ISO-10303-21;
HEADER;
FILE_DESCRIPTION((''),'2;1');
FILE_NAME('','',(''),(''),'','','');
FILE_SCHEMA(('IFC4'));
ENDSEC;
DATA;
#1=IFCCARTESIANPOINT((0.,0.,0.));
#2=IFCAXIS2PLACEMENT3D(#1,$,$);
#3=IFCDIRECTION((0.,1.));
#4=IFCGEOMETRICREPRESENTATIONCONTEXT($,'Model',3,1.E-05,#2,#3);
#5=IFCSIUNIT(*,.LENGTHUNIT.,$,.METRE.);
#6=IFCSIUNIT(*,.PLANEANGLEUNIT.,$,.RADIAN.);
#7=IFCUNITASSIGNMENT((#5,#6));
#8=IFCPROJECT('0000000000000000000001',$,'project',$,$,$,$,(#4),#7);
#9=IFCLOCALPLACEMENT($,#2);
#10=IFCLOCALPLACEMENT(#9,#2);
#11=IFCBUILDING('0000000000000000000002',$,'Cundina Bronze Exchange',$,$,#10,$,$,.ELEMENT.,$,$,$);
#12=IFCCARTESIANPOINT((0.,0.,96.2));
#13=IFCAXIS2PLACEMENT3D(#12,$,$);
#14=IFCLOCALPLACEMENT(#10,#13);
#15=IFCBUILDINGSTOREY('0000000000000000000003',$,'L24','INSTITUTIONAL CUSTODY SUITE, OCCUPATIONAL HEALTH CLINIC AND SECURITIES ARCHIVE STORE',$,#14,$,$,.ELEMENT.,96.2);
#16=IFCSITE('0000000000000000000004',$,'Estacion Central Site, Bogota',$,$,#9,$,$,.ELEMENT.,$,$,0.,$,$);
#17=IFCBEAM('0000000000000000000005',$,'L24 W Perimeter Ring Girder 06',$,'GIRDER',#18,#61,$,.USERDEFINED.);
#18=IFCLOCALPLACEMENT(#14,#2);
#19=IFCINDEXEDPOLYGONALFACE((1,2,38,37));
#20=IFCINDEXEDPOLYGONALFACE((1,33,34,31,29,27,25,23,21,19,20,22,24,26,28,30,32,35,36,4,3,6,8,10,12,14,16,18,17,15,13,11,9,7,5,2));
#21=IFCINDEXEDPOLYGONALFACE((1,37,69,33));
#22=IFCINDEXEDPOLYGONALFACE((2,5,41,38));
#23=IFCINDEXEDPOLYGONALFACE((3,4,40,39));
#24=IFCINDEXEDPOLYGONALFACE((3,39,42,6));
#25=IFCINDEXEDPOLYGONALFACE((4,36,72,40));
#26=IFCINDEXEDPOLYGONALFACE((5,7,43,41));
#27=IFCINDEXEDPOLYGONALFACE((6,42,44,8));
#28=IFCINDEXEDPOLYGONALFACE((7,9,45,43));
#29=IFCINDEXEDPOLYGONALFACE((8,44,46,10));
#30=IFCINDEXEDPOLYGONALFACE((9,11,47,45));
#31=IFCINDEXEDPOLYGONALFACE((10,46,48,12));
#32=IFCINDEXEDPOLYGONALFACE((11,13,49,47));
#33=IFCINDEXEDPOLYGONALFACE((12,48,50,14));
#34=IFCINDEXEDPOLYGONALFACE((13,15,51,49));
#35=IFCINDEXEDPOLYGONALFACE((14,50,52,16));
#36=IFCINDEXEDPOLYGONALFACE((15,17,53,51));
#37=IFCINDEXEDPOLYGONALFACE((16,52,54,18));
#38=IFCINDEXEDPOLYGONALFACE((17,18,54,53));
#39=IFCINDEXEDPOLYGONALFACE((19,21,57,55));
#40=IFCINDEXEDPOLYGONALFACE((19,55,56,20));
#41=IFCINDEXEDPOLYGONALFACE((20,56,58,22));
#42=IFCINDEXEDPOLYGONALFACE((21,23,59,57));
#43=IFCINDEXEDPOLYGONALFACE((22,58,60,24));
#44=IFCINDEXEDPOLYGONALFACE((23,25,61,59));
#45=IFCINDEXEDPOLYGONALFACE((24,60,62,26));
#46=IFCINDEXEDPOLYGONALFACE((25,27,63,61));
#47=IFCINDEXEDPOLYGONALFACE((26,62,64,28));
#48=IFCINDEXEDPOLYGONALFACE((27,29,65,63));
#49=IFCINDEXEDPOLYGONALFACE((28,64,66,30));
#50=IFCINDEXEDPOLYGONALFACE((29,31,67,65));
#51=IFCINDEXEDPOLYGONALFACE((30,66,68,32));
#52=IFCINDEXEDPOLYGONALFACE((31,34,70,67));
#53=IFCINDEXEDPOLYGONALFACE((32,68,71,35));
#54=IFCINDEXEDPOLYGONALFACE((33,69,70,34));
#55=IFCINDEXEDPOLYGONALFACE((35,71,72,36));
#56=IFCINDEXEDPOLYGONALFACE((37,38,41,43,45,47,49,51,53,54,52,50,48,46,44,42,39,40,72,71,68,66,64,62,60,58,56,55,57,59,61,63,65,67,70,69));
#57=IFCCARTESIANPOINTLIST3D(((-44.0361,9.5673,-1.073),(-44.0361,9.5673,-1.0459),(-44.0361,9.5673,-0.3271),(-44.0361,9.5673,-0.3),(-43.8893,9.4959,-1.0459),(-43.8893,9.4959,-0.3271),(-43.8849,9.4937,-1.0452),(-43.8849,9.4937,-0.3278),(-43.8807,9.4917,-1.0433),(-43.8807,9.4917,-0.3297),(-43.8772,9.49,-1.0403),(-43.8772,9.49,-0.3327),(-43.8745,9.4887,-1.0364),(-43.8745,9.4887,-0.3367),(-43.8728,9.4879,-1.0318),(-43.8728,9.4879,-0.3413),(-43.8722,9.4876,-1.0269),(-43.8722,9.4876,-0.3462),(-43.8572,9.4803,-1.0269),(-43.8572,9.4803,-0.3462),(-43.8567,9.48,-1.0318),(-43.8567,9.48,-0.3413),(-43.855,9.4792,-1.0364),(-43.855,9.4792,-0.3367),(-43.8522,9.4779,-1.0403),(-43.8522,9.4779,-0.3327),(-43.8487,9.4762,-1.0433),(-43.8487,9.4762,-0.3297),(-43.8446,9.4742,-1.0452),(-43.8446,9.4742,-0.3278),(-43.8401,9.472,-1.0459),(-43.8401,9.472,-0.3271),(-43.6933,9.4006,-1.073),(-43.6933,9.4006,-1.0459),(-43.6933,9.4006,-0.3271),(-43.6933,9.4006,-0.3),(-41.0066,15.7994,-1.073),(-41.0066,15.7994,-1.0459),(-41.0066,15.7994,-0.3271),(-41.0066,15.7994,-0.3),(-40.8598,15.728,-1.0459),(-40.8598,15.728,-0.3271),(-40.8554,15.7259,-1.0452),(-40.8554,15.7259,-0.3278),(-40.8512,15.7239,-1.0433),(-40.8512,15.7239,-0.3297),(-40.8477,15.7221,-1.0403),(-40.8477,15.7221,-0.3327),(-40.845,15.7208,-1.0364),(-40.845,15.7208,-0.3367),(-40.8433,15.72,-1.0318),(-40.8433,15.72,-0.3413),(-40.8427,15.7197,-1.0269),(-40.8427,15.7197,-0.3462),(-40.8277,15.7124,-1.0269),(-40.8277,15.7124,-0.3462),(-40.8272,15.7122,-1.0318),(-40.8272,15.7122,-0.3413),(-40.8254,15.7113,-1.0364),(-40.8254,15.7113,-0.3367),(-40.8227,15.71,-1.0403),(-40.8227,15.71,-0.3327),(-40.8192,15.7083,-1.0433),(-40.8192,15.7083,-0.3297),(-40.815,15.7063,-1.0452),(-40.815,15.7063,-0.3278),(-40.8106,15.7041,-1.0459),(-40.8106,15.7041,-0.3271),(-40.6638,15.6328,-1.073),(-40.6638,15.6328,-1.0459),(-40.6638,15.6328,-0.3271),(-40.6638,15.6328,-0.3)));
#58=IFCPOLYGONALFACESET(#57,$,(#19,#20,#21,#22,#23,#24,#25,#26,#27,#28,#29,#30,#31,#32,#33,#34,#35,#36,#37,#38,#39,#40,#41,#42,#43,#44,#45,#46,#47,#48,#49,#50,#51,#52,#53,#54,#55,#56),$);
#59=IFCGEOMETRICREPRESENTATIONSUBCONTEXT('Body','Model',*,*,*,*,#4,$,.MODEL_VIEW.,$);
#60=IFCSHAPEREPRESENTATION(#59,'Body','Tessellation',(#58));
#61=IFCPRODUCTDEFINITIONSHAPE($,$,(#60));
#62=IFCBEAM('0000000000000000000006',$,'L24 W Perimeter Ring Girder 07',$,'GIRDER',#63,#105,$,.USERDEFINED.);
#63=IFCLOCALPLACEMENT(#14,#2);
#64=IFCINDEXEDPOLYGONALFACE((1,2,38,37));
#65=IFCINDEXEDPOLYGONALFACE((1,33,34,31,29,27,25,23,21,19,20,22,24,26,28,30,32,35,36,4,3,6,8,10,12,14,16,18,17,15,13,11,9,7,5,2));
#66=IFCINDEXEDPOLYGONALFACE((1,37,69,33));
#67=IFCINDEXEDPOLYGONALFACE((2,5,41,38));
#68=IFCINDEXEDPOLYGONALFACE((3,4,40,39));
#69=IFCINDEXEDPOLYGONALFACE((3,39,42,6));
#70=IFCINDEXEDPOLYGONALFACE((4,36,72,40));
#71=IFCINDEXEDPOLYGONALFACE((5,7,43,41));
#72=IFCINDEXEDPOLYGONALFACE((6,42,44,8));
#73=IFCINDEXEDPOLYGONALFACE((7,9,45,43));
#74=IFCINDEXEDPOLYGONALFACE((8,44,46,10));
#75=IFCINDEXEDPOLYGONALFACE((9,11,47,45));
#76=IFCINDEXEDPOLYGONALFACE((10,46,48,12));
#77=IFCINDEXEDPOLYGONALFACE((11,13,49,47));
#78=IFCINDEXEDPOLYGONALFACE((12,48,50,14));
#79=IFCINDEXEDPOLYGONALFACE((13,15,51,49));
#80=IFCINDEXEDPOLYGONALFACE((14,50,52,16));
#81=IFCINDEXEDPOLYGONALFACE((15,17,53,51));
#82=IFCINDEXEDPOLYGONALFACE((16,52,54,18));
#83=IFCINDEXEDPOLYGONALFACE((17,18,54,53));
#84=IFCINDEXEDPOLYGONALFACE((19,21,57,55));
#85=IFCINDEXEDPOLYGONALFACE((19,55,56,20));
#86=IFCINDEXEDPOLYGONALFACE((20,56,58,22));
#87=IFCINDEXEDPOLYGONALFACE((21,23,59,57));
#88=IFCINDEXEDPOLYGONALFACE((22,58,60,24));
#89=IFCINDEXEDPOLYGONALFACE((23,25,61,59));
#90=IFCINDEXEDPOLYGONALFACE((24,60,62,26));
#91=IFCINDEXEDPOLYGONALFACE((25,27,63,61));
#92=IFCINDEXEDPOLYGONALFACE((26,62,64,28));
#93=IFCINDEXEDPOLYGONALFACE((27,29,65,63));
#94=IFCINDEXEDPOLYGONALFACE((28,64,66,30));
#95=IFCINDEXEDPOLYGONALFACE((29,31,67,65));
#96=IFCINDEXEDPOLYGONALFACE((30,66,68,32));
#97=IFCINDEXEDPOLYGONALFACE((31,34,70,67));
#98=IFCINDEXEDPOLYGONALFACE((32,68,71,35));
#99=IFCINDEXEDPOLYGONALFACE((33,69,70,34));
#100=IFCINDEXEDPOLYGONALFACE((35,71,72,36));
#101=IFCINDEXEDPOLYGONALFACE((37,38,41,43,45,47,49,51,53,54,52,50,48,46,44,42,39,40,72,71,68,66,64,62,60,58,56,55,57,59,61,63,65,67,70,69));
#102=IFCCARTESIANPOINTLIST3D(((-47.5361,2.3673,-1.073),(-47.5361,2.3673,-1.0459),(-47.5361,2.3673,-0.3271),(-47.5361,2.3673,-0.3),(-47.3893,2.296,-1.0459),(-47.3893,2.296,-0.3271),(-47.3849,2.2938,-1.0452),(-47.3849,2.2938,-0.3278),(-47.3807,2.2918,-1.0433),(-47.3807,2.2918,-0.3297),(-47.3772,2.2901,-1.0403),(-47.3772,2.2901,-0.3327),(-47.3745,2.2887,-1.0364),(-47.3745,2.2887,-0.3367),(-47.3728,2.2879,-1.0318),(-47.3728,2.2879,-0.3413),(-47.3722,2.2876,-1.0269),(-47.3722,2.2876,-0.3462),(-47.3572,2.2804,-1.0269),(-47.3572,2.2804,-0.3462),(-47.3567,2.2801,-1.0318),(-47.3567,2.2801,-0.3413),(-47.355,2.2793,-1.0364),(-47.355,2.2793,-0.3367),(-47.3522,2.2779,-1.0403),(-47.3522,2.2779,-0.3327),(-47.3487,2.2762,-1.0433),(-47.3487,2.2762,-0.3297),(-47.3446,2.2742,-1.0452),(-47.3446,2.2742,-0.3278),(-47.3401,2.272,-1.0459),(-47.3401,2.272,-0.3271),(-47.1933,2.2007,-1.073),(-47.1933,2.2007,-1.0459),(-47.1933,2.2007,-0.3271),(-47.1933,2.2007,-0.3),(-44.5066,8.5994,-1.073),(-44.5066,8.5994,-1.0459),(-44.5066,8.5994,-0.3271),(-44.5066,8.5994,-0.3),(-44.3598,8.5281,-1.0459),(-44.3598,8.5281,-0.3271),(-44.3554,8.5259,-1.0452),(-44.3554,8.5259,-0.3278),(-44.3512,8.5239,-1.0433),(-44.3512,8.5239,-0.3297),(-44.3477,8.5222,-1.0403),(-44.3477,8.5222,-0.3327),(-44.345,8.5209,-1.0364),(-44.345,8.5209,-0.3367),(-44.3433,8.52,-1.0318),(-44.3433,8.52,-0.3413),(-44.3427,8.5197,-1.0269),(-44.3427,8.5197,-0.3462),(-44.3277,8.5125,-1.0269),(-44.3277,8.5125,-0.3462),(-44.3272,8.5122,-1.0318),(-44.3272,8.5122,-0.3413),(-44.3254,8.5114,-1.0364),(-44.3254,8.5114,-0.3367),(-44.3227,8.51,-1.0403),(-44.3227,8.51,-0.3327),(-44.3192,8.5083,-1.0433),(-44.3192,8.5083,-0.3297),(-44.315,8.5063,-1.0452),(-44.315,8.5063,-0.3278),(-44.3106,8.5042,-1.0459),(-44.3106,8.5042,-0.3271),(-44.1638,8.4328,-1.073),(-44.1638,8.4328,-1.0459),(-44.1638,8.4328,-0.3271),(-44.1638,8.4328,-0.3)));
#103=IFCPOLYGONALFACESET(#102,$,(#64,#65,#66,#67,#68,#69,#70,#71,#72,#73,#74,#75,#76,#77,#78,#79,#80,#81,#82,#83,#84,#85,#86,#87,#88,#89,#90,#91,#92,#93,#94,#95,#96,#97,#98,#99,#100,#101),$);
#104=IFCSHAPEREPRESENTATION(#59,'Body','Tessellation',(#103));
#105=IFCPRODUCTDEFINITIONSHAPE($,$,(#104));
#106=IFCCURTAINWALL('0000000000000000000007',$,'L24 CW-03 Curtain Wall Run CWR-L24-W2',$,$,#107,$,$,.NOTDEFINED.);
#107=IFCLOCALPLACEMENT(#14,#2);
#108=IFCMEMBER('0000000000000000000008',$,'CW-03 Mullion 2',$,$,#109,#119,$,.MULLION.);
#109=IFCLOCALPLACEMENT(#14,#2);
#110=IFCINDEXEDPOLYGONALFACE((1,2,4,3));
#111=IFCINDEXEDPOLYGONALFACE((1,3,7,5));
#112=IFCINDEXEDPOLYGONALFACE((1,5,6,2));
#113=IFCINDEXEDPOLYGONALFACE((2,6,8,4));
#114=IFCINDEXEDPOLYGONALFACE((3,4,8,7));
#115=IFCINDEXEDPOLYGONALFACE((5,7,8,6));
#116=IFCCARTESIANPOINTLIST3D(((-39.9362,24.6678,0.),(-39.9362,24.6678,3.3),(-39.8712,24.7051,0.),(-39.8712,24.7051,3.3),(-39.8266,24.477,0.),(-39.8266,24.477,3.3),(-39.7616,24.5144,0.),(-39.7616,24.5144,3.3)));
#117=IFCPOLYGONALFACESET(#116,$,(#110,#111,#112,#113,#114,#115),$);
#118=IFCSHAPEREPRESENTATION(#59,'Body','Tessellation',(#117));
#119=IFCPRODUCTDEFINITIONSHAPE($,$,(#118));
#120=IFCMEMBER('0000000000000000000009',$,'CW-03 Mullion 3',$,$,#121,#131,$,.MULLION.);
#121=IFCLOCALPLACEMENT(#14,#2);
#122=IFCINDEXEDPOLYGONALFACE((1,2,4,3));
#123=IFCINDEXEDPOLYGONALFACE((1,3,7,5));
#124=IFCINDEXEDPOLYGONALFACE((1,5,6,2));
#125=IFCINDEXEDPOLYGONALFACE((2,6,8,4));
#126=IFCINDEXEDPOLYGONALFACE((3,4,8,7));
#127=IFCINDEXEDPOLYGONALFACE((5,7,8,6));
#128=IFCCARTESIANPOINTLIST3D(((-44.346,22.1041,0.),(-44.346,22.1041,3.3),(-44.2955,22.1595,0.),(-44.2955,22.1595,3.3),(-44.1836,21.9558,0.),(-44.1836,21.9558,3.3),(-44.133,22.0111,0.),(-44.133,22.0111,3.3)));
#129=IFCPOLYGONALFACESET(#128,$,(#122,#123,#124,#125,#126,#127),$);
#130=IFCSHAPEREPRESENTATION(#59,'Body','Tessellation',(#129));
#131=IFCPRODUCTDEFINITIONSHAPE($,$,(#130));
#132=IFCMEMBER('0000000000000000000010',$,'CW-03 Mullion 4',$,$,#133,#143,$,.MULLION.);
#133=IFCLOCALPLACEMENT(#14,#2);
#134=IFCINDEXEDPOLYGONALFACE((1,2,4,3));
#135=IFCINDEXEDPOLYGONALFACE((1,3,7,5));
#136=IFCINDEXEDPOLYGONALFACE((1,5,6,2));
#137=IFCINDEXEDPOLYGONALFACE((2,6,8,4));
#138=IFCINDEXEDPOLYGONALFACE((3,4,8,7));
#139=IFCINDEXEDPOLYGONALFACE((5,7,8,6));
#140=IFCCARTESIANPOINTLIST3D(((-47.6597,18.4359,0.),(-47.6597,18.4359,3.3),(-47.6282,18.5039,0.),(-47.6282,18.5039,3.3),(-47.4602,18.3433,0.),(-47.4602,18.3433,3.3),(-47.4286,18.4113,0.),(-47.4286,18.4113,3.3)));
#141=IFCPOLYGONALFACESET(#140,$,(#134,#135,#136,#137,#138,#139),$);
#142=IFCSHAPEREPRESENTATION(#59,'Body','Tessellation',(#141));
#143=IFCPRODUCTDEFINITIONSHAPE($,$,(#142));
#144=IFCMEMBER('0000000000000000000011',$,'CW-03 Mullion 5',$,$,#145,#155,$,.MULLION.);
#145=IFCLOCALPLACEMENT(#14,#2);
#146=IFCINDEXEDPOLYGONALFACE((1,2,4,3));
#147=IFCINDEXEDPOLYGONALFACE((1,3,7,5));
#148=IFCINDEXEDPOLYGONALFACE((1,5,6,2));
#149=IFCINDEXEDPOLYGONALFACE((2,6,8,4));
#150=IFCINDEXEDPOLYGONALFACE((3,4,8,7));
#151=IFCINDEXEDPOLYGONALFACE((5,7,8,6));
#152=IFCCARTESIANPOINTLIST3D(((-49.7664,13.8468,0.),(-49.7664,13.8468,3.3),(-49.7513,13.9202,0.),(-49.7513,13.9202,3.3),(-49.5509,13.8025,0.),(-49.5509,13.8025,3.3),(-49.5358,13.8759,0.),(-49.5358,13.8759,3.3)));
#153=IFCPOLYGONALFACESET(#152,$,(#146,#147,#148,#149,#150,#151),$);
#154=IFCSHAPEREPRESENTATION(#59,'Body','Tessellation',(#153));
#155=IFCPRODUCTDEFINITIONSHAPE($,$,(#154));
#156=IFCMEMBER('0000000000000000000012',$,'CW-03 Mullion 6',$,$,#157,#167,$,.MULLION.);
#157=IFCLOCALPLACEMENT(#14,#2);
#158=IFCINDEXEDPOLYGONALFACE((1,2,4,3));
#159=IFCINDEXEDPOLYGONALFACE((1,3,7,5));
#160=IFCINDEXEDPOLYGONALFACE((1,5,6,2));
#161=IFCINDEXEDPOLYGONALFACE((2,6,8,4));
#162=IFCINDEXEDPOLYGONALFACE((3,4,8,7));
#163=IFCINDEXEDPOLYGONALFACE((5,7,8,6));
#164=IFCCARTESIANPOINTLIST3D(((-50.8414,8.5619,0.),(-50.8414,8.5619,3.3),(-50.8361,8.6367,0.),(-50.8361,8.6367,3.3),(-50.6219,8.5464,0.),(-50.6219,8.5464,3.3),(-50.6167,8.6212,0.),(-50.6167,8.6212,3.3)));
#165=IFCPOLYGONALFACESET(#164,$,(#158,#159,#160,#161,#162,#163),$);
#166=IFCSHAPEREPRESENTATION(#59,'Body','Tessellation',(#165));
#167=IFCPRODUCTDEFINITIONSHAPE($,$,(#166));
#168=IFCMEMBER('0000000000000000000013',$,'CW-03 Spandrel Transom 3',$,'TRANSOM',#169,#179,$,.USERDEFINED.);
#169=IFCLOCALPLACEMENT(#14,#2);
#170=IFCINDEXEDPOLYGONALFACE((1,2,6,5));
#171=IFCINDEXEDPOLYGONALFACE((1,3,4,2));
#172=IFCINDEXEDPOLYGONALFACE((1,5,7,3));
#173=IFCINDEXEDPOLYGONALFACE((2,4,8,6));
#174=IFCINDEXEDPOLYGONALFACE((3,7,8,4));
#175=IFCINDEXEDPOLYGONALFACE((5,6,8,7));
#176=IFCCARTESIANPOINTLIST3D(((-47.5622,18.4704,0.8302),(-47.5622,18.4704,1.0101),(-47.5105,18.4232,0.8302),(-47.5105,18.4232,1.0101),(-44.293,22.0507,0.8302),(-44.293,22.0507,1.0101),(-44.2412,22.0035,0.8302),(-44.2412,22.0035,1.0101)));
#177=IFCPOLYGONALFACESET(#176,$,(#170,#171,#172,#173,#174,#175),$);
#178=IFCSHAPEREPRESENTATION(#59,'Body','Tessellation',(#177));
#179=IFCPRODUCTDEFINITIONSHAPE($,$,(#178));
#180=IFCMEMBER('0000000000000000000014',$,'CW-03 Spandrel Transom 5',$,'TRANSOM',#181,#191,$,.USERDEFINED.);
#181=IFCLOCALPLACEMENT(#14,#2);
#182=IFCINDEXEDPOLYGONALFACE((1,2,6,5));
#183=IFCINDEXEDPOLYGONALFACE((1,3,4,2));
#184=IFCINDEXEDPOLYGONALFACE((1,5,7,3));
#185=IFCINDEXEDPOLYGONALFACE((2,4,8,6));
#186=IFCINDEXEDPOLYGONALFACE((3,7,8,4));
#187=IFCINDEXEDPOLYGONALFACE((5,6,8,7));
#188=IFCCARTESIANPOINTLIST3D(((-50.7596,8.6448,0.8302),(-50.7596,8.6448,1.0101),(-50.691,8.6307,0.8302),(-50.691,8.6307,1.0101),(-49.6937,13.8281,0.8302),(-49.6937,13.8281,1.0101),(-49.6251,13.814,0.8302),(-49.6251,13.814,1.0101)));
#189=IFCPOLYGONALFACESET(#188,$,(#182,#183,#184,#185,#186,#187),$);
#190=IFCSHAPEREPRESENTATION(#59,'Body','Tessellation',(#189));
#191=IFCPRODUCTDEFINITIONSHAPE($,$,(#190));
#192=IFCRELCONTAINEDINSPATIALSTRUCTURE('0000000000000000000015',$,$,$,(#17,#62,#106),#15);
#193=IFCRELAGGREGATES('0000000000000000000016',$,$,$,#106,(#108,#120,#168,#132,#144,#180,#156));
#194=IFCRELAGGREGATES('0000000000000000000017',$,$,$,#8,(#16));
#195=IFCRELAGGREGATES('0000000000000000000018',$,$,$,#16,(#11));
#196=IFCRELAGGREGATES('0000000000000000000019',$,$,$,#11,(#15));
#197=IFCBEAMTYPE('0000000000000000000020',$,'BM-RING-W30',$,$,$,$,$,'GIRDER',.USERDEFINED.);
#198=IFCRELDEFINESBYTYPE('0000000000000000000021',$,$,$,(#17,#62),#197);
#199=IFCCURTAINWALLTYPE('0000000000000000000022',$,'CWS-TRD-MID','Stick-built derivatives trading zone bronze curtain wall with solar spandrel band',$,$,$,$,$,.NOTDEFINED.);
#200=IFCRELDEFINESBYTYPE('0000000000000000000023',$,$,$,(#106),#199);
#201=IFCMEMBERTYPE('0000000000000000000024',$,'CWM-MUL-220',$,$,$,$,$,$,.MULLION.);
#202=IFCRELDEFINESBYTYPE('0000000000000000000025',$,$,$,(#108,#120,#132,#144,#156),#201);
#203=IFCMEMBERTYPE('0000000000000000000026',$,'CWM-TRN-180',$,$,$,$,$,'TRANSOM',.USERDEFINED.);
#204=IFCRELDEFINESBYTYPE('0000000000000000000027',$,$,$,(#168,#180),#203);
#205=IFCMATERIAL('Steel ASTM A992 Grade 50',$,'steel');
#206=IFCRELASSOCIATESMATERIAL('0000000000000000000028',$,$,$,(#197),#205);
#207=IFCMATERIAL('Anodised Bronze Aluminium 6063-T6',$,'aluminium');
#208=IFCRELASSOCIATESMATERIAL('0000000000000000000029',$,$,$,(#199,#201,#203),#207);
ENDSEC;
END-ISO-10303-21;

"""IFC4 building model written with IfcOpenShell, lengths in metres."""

from ifc_helpers import new_model, si_unit, direction, frame, origin, origin_2d, place, context, subcontext, project, spatial, rectangle, i_section, extrude, material, material_profile, profile_set, type_object, element, aggregate, save


model = new_model("IFC4")

# Units and contexts
model_context = context("Model", 3, precision=1e-05, world=origin(), true_north=direction((0.0, 1.0)))
body_context = subcontext(model_context, "Body", "Model", "MODEL_VIEW")
ifc_project = project(units=[si_unit("LENGTHUNIT", "METRE"), si_unit("PLANEANGLEUNIT", "RADIAN")], contexts=[model_context])

# Site, building, storey
site_placement = place(None, origin())
site = spatial("IfcSite", under=ifc_project, at=site_placement, Name="Estacion Central Site, Bogota", CompositionType="ELEMENT", RefElevation=0.0)
building_placement = place(site_placement, origin())
building = spatial("IfcBuilding", under=site, at=building_placement, Name="Cundina Bronze Exchange", CompositionType="ELEMENT")
storey_placement = place(building_placement, frame((0.0, 0.0, 96.2)))
storey = spatial("IfcBuildingStorey", under=building, at=storey_placement, Name="L24", Description="INSTITUTIONAL CUSTODY SUITE, OCCUPATIONAL HEALTH CLINIC AND SECURITIES ARCHIVE STORE", CompositionType="ELEMENT", Elevation=96.2)

# Beams
ifc_material_1 = material(Name="Steel ASTM A992 Grade 50", Category="steel")
ifc_material_profile_1 = material_profile(ifc_material_1, i_section(OverallWidth=0.3811, OverallDepth=0.7729, WebThickness=0.0166, FlangeThickness=0.0271, FilletRadius=0.019, at=origin_2d()), Name="W30X173", Category="steel")
ifc_profile_set_1 = profile_set([ifc_material_profile_1], Name="Steel ASTM A992 Grade 50")
beam_type_1 = type_object("IfcBeamType", Name="BM-RING-W30", ElementType="GIRDER", PredefinedType="USERDEFINED", material=ifc_profile_set_1)
for number, where, z_axis, x_axis, name in (
    (1, (-40.8352, 15.7161, -0.6865), (-0.437194, -0.899367, 0.0), (0.899367, -0.437194, 0.0), "L24 W Perimeter Ring Girder 06"),
    (2, (-44.3352, 8.5161, -0.6865), (-0.437194, -0.899367, 0.0), (0.899367, -0.437194, 0.0), "L24 W Perimeter Ring Girder 07"),
):
    element("IfcBeam", number, at=place(storey_placement, frame(where, z_axis=z_axis, x_axis=x_axis)), inside=storey, type_object=beam_type_1, Name=name, ObjectType="GIRDER", PredefinedType="USERDEFINED", context=body_context, shape_type="SweptSolid", body=[
        extrude(i_section(OverallWidth=0.3811, OverallDepth=0.7729, WebThickness=0.0166, FlangeThickness=0.0271, FilletRadius=0.019, at=origin_2d()), origin(), (0.0, 0.0, 1.0), 6.9294),
    ])

# Curtain wall, members
ifc_material_2 = material(Name="Anodised Bronze Aluminium 6063-T6", Category="aluminium")
curtain_wall_type = type_object("IfcCurtainWallType", Name="CWS-TRD-MID", Description="Stick-built derivatives trading zone bronze curtain wall with solar spandrel band", PredefinedType="NOTDEFINED", material=ifc_material_2)
curtain_wall_placement = place(storey_placement, origin())
curtain_wall = element("IfcCurtainWall", 3, at=curtain_wall_placement, inside=storey, type_object=curtain_wall_type, Name="L24 CW-03 Curtain Wall Run CWR-L24-W2", PredefinedType="NOTDEFINED")
ifc_material_profile_2 = material_profile(ifc_material_2, rectangle(XDim=0.075, YDim=0.22, at=origin_2d()), Name="AL75X220", Category="aluminium")
ifc_profile_set_2 = profile_set([ifc_material_profile_2], Name="Anodised Bronze Aluminium 6063-T6")
member_type_1 = type_object("IfcMemberType", Name="CWM-MUL-220", PredefinedType="MULLION", material=ifc_profile_set_2)
member_1_placement = place(storey_placement, frame((-39.8489, 24.5911, 0.0), z_axis=(0.0, 0.0, 1.0), x_axis=(-0.867071, -0.498185, 0.0)))
member_1 = element("IfcMember", 4, at=member_1_placement, type_object=member_type_1, Name="CW-03 Mullion 2", PredefinedType="MULLION", context=body_context, shape_type="SweptSolid", body=[
    extrude(rectangle(XDim=0.075, YDim=0.22, at=origin_2d()), origin(), (0.0, 0.0, 1.0), 3.3),
])
member_2_placement = place(storey_placement, frame((-44.2395, 22.0576, 0.0), z_axis=(0.0, 0.0, 1.0), x_axis=(-0.674302, -0.738455, 0.0)))
member_2 = element("IfcMember", 5, at=member_2_placement, type_object=member_type_1, Name="CW-03 Mullion 3", PredefinedType="MULLION", context=body_context, shape_type="SweptSolid", body=[
    extrude(rectangle(XDim=0.075, YDim=0.22, at=origin_2d()), origin(), (0.0, 0.0, 1.0), 3.3),
])
member_3_placement = place(storey_placement, frame((-47.5442, 18.4236, 0.0), z_axis=(0.0, 0.0, 1.0), x_axis=(-0.420877, -0.907117, 0.0)))
member_3 = element("IfcMember", 6, at=member_3_placement, type_object=member_type_1, Name="CW-03 Mullion 4", PredefinedType="MULLION", context=body_context, shape_type="SweptSolid", body=[
    extrude(rectangle(XDim=0.075, YDim=0.22, at=origin_2d()), origin(), (0.0, 0.0, 1.0), 3.3),
])
member_4_placement = place(storey_placement, frame((-49.6511, 13.8613, 0.0), z_axis=(0.0, 0.0, 1.0), x_axis=(-0.20142, -0.979505, 0.0)))
member_4 = element("IfcMember", 7, at=member_4_placement, type_object=member_type_1, Name="CW-03 Mullion 5", PredefinedType="MULLION", context=body_context, shape_type="SweptSolid", body=[
    extrude(rectangle(XDim=0.075, YDim=0.22, at=origin_2d()), origin(), (0.0, 0.0, 1.0), 3.3),
])
member_5_placement = place(storey_placement, frame((-50.729, 8.5916, 0.0), z_axis=(0.0, 0.0, 1.0), x_axis=(-0.070279, -0.997527, 0.0)))
member_5 = element("IfcMember", 8, at=member_5_placement, type_object=member_type_1, Name="CW-03 Mullion 6", PredefinedType="MULLION", context=body_context, shape_type="SweptSolid", body=[
    extrude(rectangle(XDim=0.075, YDim=0.22, at=origin_2d()), origin(), (0.0, 0.0, 1.0), 3.3),
])
ifc_material_profile_3 = material_profile(ifc_material_2, rectangle(XDim=0.0701, YDim=0.1799, at=origin_2d()), Name="AL70X180", Category="aluminium")
ifc_profile_set_3 = profile_set([ifc_material_profile_3], Name="Anodised Bronze Aluminium 6063-T6")
member_type_2 = type_object("IfcMemberType", Name="CWM-TRN-180", ElementType="TRANSOM", PredefinedType="USERDEFINED", material=ifc_profile_set_3)
member_6_placement = place(storey_placement, frame((-44.2671, 22.0271, 0.9202), z_axis=(-0.674303, -0.738455, 0.0), x_axis=(0.738455, -0.674303, 0.0)))
member_6 = element("IfcMember", 9, at=member_6_placement, type_object=member_type_2, Name="CW-03 Spandrel Transom 3", ObjectType="TRANSOM", PredefinedType="USERDEFINED", context=body_context, shape_type="SweptSolid", body=[
    extrude(rectangle(XDim=0.0701, YDim=0.1799, at=origin_2d()), origin(), (0.0, 0.0, 1.0), 4.8484),
])
member_7_placement = place(storey_placement, frame((-49.6594, 13.821, 0.9202), z_axis=(-0.201428, -0.979503, 0.0), x_axis=(0.979503, -0.201428, 0.0)))
member_7 = element("IfcMember", 10, at=member_7_placement, type_object=member_type_2, Name="CW-03 Spandrel Transom 5", ObjectType="TRANSOM", PredefinedType="USERDEFINED", context=body_context, shape_type="SweptSolid", body=[
    extrude(rectangle(XDim=0.0701, YDim=0.1799, at=origin_2d()), origin(), (0.0, 0.0, 1.0), 5.2917),
])
aggregate(curtain_wall, [member_1, member_2, member_6, member_3, member_4, member_7, member_5])

save(model, "model.ifc")
